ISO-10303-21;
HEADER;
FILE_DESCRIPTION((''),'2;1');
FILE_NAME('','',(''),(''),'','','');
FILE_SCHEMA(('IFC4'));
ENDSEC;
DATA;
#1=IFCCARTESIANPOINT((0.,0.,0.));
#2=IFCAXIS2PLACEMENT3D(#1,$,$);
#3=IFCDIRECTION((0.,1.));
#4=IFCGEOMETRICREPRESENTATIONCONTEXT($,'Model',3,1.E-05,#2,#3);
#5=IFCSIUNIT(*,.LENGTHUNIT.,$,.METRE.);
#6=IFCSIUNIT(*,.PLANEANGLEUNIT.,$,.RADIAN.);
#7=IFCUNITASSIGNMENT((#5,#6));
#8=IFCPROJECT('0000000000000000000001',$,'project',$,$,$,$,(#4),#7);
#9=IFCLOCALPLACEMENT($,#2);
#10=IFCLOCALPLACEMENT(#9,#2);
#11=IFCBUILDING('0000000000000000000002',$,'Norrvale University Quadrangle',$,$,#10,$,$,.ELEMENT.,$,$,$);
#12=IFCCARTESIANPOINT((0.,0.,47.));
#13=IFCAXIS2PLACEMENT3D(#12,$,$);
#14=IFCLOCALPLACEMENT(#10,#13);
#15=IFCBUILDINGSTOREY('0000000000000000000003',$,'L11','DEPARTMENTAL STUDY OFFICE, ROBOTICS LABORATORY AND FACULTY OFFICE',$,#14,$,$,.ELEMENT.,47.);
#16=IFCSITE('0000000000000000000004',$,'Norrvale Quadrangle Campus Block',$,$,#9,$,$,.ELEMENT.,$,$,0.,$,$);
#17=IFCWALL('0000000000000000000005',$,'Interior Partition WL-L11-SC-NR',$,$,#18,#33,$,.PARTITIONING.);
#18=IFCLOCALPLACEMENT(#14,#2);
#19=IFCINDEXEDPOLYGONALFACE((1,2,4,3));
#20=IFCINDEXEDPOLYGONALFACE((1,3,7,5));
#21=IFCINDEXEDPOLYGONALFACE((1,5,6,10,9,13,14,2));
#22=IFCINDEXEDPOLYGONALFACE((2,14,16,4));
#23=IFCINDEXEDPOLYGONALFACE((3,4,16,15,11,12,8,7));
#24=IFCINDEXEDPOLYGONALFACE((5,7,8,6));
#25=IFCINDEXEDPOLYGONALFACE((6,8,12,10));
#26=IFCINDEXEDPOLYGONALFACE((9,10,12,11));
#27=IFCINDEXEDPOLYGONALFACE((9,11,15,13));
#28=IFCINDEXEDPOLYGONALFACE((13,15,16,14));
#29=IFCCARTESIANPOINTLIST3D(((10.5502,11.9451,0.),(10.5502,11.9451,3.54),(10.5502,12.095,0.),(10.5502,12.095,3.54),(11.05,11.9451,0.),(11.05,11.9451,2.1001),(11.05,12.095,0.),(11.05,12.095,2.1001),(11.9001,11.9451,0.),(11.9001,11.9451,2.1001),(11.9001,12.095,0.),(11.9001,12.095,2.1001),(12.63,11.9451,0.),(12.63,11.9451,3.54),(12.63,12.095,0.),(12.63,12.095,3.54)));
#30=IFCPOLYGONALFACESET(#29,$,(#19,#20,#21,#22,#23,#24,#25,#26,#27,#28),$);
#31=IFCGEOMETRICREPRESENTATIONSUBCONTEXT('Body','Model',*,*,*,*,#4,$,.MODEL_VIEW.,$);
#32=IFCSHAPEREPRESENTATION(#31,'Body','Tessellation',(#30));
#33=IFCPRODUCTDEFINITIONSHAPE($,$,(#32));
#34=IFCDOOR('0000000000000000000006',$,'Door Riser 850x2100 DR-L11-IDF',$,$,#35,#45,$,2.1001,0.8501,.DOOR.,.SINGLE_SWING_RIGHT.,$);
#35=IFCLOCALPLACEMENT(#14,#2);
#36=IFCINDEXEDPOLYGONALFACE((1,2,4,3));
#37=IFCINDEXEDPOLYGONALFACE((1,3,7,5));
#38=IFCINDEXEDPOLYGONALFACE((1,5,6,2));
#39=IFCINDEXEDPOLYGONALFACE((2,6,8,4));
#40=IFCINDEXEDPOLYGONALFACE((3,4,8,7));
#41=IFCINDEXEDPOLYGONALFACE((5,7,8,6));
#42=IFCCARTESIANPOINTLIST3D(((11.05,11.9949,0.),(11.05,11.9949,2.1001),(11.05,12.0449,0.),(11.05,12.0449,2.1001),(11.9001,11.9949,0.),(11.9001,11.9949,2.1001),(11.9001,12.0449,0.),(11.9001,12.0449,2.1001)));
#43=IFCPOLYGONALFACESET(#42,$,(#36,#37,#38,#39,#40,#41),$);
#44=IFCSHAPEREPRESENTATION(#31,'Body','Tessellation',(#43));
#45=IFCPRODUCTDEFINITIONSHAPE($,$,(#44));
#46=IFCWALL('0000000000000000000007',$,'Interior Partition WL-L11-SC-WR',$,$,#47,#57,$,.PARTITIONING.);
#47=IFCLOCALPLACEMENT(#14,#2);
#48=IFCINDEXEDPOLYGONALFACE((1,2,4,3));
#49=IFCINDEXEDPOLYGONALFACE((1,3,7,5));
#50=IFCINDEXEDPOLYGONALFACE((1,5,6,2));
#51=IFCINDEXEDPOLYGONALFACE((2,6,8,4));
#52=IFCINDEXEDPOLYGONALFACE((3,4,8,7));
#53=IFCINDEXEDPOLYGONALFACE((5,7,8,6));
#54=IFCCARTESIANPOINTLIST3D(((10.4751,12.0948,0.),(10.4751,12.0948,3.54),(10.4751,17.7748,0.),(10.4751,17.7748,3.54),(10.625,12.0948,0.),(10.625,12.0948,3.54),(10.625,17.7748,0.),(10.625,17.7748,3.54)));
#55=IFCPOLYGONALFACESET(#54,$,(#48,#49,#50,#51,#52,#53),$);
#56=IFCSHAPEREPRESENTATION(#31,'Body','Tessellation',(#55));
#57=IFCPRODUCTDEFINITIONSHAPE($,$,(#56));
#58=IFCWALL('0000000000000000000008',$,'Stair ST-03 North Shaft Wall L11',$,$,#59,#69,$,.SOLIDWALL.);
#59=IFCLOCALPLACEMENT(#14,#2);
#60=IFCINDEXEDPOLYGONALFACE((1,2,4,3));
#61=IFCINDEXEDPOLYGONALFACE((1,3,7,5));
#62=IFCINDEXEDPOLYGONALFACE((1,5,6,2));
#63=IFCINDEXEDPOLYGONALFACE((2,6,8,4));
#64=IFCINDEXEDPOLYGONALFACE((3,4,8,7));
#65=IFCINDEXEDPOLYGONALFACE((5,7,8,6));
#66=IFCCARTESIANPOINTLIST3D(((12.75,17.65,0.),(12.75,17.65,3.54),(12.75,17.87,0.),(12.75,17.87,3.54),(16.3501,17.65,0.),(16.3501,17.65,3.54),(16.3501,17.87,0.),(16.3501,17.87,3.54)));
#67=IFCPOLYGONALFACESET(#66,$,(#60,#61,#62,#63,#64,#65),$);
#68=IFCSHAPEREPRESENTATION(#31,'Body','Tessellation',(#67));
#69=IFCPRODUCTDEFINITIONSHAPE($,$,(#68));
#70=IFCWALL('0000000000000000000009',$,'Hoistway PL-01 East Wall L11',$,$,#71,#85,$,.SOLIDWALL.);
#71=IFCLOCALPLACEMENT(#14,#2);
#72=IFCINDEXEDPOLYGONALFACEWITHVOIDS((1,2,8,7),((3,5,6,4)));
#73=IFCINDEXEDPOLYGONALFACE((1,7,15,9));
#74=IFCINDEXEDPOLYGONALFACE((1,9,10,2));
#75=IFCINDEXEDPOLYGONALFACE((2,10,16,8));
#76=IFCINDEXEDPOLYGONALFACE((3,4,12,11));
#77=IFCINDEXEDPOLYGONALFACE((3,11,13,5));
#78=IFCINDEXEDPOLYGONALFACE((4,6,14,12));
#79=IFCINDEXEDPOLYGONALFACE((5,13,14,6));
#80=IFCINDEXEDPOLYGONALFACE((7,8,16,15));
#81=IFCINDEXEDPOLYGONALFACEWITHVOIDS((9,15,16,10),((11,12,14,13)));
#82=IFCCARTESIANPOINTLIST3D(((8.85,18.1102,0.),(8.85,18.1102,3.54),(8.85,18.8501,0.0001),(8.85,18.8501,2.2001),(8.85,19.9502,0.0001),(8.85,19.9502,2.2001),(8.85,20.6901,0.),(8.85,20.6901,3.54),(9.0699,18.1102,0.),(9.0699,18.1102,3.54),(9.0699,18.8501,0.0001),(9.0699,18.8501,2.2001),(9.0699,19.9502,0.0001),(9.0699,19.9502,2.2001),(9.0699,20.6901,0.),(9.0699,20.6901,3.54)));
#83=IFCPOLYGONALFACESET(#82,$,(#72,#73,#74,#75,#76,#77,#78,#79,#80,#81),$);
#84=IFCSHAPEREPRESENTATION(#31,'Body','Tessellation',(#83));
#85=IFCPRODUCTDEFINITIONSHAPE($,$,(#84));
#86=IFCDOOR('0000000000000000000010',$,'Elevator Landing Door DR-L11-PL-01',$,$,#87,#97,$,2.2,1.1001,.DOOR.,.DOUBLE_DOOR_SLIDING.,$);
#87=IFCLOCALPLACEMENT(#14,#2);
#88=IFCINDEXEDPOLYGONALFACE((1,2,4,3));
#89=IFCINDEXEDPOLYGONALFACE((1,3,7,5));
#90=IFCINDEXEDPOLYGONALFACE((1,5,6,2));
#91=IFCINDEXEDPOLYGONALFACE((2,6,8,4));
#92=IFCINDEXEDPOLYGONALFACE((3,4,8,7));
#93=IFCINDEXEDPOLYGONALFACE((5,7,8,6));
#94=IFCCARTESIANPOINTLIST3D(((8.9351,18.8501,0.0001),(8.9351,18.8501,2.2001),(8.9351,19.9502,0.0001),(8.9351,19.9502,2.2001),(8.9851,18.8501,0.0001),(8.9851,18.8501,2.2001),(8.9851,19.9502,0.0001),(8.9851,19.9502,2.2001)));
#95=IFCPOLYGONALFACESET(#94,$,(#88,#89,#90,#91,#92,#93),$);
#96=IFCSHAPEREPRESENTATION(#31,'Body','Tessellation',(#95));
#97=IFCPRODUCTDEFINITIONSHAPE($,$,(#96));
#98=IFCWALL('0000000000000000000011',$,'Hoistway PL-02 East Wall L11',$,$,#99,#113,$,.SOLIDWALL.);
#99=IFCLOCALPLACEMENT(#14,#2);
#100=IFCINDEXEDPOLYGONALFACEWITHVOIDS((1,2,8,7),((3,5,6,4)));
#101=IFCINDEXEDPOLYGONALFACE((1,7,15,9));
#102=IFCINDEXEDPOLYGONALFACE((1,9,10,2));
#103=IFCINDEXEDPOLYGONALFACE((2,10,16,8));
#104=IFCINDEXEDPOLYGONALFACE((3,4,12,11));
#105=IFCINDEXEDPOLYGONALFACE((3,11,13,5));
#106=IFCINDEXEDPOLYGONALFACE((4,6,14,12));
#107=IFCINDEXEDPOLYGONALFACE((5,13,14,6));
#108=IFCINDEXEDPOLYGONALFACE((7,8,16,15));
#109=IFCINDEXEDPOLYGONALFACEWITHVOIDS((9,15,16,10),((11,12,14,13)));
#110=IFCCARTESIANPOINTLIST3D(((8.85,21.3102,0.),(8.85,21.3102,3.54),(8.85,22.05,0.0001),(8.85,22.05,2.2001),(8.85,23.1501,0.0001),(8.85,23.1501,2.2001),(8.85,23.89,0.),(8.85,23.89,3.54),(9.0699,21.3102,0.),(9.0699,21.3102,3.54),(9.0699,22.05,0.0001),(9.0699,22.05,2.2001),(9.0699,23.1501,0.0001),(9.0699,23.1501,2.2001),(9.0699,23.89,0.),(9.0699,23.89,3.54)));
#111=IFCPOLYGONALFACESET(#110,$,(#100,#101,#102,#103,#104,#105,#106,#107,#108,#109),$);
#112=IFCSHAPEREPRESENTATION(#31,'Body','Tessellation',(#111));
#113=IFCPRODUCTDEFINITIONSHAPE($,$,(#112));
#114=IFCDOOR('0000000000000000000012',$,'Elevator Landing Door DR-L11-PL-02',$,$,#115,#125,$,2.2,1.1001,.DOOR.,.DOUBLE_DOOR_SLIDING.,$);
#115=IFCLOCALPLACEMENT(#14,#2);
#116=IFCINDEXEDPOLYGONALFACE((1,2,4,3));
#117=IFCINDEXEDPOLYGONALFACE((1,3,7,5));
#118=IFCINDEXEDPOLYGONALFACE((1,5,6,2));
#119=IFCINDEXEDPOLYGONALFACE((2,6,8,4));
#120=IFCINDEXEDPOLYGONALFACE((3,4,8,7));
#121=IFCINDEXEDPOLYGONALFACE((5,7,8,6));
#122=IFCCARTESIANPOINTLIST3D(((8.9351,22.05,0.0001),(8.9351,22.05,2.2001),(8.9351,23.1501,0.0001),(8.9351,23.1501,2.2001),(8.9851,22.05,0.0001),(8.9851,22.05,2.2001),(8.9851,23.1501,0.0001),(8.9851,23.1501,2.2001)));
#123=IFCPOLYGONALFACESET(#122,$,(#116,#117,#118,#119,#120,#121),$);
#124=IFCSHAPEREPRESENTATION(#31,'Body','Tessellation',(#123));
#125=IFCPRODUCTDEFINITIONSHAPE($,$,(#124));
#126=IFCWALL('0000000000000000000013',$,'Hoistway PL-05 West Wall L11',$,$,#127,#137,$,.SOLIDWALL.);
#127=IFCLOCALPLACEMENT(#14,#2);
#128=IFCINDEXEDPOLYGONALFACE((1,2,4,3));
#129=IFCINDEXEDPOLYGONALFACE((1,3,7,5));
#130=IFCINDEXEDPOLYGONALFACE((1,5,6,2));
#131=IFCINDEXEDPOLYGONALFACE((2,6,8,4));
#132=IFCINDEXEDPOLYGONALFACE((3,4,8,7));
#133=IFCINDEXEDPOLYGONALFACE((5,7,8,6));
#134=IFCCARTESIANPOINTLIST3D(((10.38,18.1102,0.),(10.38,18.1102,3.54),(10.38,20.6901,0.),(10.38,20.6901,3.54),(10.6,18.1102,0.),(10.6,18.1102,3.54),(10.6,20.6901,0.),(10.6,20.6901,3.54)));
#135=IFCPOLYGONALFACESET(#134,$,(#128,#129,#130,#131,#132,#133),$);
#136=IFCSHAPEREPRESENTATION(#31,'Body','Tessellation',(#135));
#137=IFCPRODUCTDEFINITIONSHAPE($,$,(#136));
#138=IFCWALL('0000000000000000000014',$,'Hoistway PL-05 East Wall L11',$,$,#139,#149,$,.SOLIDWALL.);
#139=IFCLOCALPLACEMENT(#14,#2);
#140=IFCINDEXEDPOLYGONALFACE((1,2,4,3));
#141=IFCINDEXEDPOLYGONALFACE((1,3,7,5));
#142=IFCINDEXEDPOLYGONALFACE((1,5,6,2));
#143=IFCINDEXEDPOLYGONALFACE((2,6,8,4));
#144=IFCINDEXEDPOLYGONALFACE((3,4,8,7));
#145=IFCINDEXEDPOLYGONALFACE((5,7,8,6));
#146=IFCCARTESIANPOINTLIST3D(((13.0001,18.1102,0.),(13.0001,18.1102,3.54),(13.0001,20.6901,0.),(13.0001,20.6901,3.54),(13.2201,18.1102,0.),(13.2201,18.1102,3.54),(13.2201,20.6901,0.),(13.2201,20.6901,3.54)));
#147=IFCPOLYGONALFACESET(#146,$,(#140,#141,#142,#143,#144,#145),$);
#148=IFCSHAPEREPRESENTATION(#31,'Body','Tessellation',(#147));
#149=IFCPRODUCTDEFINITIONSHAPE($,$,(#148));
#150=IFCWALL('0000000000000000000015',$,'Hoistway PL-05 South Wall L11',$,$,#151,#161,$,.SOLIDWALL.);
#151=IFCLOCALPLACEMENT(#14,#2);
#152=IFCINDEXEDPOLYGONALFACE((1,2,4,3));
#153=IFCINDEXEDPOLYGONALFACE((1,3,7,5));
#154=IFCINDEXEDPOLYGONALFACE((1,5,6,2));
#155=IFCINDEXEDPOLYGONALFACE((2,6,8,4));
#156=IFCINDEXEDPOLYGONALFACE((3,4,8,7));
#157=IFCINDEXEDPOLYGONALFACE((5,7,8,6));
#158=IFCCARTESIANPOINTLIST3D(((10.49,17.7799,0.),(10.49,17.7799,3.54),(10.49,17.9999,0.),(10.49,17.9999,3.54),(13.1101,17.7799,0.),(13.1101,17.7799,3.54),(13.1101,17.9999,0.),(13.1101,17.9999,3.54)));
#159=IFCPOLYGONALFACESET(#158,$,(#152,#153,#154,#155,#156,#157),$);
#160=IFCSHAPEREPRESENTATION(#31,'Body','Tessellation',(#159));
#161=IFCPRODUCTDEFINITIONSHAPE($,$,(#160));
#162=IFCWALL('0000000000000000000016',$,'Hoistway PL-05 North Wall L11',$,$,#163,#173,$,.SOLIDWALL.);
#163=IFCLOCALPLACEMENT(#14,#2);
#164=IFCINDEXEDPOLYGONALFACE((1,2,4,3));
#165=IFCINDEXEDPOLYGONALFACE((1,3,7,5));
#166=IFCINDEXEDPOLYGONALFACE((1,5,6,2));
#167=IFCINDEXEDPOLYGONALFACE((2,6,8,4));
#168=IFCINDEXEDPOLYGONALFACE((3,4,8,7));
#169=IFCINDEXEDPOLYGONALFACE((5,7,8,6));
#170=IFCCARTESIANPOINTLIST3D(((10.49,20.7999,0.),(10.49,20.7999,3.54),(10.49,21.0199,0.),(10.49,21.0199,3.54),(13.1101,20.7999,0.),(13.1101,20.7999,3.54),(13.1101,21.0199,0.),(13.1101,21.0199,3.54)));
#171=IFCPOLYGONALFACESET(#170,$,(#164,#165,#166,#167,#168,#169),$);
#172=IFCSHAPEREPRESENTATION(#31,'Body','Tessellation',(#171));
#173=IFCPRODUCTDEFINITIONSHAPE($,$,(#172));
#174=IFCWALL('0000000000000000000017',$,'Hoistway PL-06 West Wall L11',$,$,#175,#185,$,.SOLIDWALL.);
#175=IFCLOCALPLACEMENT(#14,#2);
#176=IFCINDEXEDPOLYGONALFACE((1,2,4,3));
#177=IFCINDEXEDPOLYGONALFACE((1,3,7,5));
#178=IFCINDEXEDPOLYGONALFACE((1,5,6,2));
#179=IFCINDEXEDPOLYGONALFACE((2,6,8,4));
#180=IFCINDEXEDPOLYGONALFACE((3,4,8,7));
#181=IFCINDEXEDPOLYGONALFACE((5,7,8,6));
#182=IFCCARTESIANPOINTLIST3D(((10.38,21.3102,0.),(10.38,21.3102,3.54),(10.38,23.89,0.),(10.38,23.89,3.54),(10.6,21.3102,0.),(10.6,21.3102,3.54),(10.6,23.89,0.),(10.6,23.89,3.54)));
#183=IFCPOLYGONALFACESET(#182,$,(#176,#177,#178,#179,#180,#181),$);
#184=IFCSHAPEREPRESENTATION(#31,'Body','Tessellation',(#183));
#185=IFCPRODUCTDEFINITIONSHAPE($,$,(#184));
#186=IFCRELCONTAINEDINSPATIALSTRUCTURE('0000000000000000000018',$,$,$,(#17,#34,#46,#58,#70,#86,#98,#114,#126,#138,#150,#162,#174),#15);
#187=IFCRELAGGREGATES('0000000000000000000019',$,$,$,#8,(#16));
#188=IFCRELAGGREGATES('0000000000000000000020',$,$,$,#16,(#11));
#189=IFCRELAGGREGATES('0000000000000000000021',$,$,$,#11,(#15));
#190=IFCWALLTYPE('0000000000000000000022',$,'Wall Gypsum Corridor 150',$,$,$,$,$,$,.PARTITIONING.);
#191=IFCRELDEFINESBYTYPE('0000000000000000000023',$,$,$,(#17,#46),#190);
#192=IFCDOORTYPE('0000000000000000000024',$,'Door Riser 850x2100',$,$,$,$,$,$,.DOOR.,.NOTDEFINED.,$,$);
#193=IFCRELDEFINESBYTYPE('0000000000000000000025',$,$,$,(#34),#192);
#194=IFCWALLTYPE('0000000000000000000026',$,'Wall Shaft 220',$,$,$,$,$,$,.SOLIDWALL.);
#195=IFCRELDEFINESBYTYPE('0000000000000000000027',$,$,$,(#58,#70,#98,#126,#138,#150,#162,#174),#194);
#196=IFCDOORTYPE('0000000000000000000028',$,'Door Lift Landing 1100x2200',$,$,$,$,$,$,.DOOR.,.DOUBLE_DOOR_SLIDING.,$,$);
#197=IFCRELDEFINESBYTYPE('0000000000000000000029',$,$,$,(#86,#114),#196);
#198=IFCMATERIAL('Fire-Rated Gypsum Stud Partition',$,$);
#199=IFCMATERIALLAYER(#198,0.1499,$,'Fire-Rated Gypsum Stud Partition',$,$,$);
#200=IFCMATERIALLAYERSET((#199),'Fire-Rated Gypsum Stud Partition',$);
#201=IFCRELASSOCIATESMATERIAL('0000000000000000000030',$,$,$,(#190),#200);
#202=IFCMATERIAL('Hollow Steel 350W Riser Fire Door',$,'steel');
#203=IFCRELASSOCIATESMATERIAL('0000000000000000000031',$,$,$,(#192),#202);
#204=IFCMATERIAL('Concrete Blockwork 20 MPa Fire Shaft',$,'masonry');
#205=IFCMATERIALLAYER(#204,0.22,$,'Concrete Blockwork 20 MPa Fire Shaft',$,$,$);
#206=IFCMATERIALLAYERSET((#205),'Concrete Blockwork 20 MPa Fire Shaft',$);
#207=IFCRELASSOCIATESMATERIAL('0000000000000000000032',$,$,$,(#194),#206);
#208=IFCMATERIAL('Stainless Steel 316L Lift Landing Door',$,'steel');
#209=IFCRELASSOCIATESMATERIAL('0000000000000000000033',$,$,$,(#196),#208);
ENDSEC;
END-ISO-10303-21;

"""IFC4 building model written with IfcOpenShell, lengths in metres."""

from ifc_helpers import new_model, si_unit, direction, frame, frame_2d, origin, place, context, subcontext, project, spatial, rectangle, extrude, material, layer, layer_set, type_object, element, fill, save


model = new_model("IFC4")

# Units and contexts
model_context = context("Model", 3, precision=1e-05, world=origin(), true_north=direction((0.0, 1.0)))
body_context = subcontext(model_context, "Body", "Model", "MODEL_VIEW")
ifc_project = project(units=[si_unit("LENGTHUNIT", "METRE"), si_unit("PLANEANGLEUNIT", "RADIAN")], contexts=[model_context])

# Site, building, storey
site_placement = place(None, origin())
site = spatial("IfcSite", under=ifc_project, at=site_placement, Name="Norrvale Quadrangle Campus Block", CompositionType="ELEMENT", RefElevation=0.0)
building_placement = place(site_placement, origin())
building = spatial("IfcBuilding", under=site, at=building_placement, Name="Norrvale University Quadrangle", CompositionType="ELEMENT")
storey_placement = place(building_placement, frame((0.0, 0.0, 47.0)))
storey = spatial("IfcBuildingStorey", under=building, at=storey_placement, Name="L11", Description="DEPARTMENTAL STUDY OFFICE, ROBOTICS LABORATORY AND FACULTY OFFICE", CompositionType="ELEMENT", Elevation=47.0)

# Wall, opening, door
ifc_material_1 = material(Name="Fire-Rated Gypsum Stud Partition")
ifc_layer_1 = layer(ifc_material_1, 0.1499, Name="Fire-Rated Gypsum Stud Partition")
ifc_layer_set_1 = layer_set([ifc_layer_1], Name="Fire-Rated Gypsum Stud Partition")
wall_type_1 = type_object("IfcWallType", Name="Wall Gypsum Corridor 150", PredefinedType="PARTITIONING", material=ifc_layer_set_1)
wall_1_placement = place(storey_placement, frame((10.55, 12.02, 0.0), z_axis=(0.0, 0.0, 1.0), x_axis=(1.0, 0.0, 0.0)))
wall_1 = element("IfcWall", 1, at=wall_1_placement, inside=storey, type_object=wall_type_1, Name="Interior Partition WL-L11-SC-NR", PredefinedType="PARTITIONING", context=body_context, shape_type="SweptSolid", body=[
    extrude(rectangle(XDim=2.0798, YDim=0.1499, at=frame_2d((1.04, 0.0))), origin(), (0.0, 0.0, 1.0), 3.54),
])
opening_1_placement = place(wall_1_placement, frame((0.5, 0.0, 0.0)))
opening_1 = element("IfcOpeningElement", 2, at=opening_1_placement, cuts=wall_1, PredefinedType="OPENING", context=body_context, shape_type="SweptSolid", body=[
    extrude(rectangle(XDim=0.8501, YDim=2.1001, at=frame_2d((0.425, 1.05))), frame((0.0, 0.0869, 0.0), z_axis=(0.0, -1.0, 0.0), x_axis=(1.0, 0.0, 0.0)), (0.0, 0.0, 1.0), 0.1738),
])
ifc_material_2 = material(Name="Hollow Steel 350W Riser Fire Door", Category="steel")
door_type_1 = type_object("IfcDoorType", Name="Door Riser 850x2100", OperationType="NOTDEFINED", PredefinedType="DOOR", material=ifc_material_2)
door_1_placement = place(opening_1_placement, origin())
door_1 = element("IfcDoor", 3, at=door_1_placement, inside=storey, type_object=door_type_1, Name="Door Riser 850x2100 DR-L11-IDF", OperationType="SINGLE_SWING_RIGHT", OverallHeight=2.1001, OverallWidth=0.8501, PredefinedType="DOOR", context=body_context, shape_type="SweptSolid", body=[
    extrude(rectangle(XDim=0.8501, YDim=2.1001, at=frame_2d((0.425, 1.05))), frame((0.0, 0.0249, 0.0), z_axis=(0.0, -1.0, 0.0), x_axis=(1.0, 0.0, 0.0)), (0.0, 0.0, 1.0), 0.05),
])
fill(opening_1, door_1)

# Walls
wall_2_placement = place(storey_placement, frame((10.55, 12.095, 0.0), z_axis=(0.0, 0.0, 1.0), x_axis=(0.0, 1.0, 0.0)))
element("IfcWall", 4, at=wall_2_placement, inside=storey, type_object=wall_type_1, Name="Interior Partition WL-L11-SC-WR", PredefinedType="PARTITIONING", context=body_context, shape_type="SweptSolid", body=[
    extrude(rectangle(XDim=5.6799, YDim=0.1499, at=frame_2d((2.8398, 0.0))), origin(), (0.0, 0.0, 1.0), 3.54),
])
ifc_material_3 = material(Name="Concrete Blockwork 20 MPa Fire Shaft", Category="masonry")
ifc_layer_2 = layer(ifc_material_3, 0.22, Name="Concrete Blockwork 20 MPa Fire Shaft")
ifc_layer_set_2 = layer_set([ifc_layer_2], Name="Concrete Blockwork 20 MPa Fire Shaft")
wall_type_2 = type_object("IfcWallType", Name="Wall Shaft 220", PredefinedType="SOLIDWALL", material=ifc_layer_set_2)
wall_3_placement = place(storey_placement, frame((12.75, 17.76, 0.0), z_axis=(0.0, 0.0, 1.0), x_axis=(1.0, 0.0, 0.0)))
element("IfcWall", 5, at=wall_3_placement, inside=storey, type_object=wall_type_2, Name="Stair ST-03 North Shaft Wall L11", PredefinedType="SOLIDWALL", context=body_context, shape_type="SweptSolid", body=[
    extrude(rectangle(XDim=3.6001, YDim=0.22, at=frame_2d((1.8, 0.0))), origin(), (0.0, 0.0, 1.0), 3.54),
])

# Walls, openings, doors
wall_4_placement = place(storey_placement, frame((8.96, 18.1101, 0.0), z_axis=(0.0, 0.0, 1.0), x_axis=(0.0, 1.0, 0.0)))
wall_4 = element("IfcWall", 6, at=wall_4_placement, inside=storey, type_object=wall_type_2, Name="Hoistway PL-01 East Wall L11", PredefinedType="SOLIDWALL", context=body_context, shape_type="SweptSolid", body=[
    extrude(rectangle(XDim=2.5798, YDim=0.22, at=frame_2d((1.29, 0.0))), origin(), (0.0, 0.0, 1.0), 3.54),
])
opening_2_placement = place(wall_4_placement, frame((0.74, 0.0, 0.0)))
opening_2 = element("IfcOpeningElement", 7, at=opening_2_placement, cuts=wall_4, PredefinedType="OPENING", context=body_context, shape_type="SweptSolid", body=[
    extrude(rectangle(XDim=1.1001, YDim=2.2, at=frame_2d((0.55, 1.1001))), frame((0.0, 0.1221, 0.0), z_axis=(0.0, -1.0, 0.0), x_axis=(1.0, 0.0, 0.0)), (0.0, 0.0, 1.0), 0.2439),
])
ifc_material_4 = material(Name="Stainless Steel 316L Lift Landing Door", Category="steel")
door_type_2 = type_object("IfcDoorType", Name="Door Lift Landing 1100x2200", OperationType="DOUBLE_DOOR_SLIDING", PredefinedType="DOOR", material=ifc_material_4)
door_2_placement = place(opening_2_placement, origin())
door_2 = element("IfcDoor", 8, at=door_2_placement, inside=storey, type_object=door_type_2, Name="Elevator Landing Door DR-L11-PL-01", OperationType="DOUBLE_DOOR_SLIDING", OverallHeight=2.2, OverallWidth=1.1001, PredefinedType="DOOR", context=body_context, shape_type="SweptSolid", body=[
    extrude(rectangle(XDim=1.1001, YDim=2.2, at=frame_2d((0.55, 1.1001))), frame((0.0, 0.0249, 0.0), z_axis=(0.0, -1.0, 0.0), x_axis=(1.0, 0.0, 0.0)), (0.0, 0.0, 1.0), 0.05),
])
fill(opening_2, door_2)
wall_5_placement = place(storey_placement, frame((8.96, 21.3101, 0.0), z_axis=(0.0, 0.0, 1.0), x_axis=(0.0, 1.0, 0.0)))
wall_5 = element("IfcWall", 9, at=wall_5_placement, inside=storey, type_object=wall_type_2, Name="Hoistway PL-02 East Wall L11", PredefinedType="SOLIDWALL", context=body_context, shape_type="SweptSolid", body=[
    extrude(rectangle(XDim=2.5798, YDim=0.22, at=frame_2d((1.29, 0.0))), origin(), (0.0, 0.0, 1.0), 3.54),
])
opening_3_placement = place(wall_5_placement, frame((0.74, 0.0, 0.0)))
opening_3 = element("IfcOpeningElement", 10, at=opening_3_placement, cuts=wall_5, PredefinedType="OPENING", context=body_context, shape_type="SweptSolid", body=[
    extrude(rectangle(XDim=1.1001, YDim=2.2, at=frame_2d((0.55, 1.1001))), frame((0.0, 0.1221, 0.0), z_axis=(0.0, -1.0, 0.0), x_axis=(1.0, 0.0, 0.0)), (0.0, 0.0, 1.0), 0.2439),
])
door_3_placement = place(opening_3_placement, origin())
door_3 = element("IfcDoor", 11, at=door_3_placement, inside=storey, type_object=door_type_2, Name="Elevator Landing Door DR-L11-PL-02", OperationType="DOUBLE_DOOR_SLIDING", OverallHeight=2.2, OverallWidth=1.1001, PredefinedType="DOOR", context=body_context, shape_type="SweptSolid", body=[
    extrude(rectangle(XDim=1.1001, YDim=2.2, at=frame_2d((0.55, 1.1001))), frame((0.0, 0.0249, 0.0), z_axis=(0.0, -1.0, 0.0), x_axis=(1.0, 0.0, 0.0)), (0.0, 0.0, 1.0), 0.05),
])
fill(opening_3, door_3)

# Walls
for number, where, z_axis, x_axis, name in (
    (12, (10.49, 18.1101, 0.0), (0.0, 0.0, 1.0), (0.0, 1.0, 0.0), "Hoistway PL-05 West Wall L11"),
    (13, (13.1101, 18.1101, 0.0), (0.0, 0.0, 1.0), (0.0, 1.0, 0.0), "Hoistway PL-05 East Wall L11"),
):
    element("IfcWall", number, at=place(storey_placement, frame(where, z_axis=z_axis, x_axis=x_axis)), inside=storey, type_object=wall_type_2, Name=name, PredefinedType="SOLIDWALL", context=body_context, shape_type="SweptSolid", body=[
        extrude(rectangle(XDim=2.5798, YDim=0.22, at=frame_2d((1.29, 0.0))), origin(), (0.0, 0.0, 1.0), 3.54),
    ])
for number, where, z_axis, x_axis, name in (
    (14, (10.49, 17.8899, 0.0), (0.0, 0.0, 1.0), (1.0, 0.0, 0.0), "Hoistway PL-05 South Wall L11"),
    (15, (10.49, 20.9099, 0.0), (0.0, 0.0, 1.0), (1.0, 0.0, 0.0), "Hoistway PL-05 North Wall L11"),
):
    element("IfcWall", number, at=place(storey_placement, frame(where, z_axis=z_axis, x_axis=x_axis)), inside=storey, type_object=wall_type_2, Name=name, PredefinedType="SOLIDWALL", context=body_context, shape_type="SweptSolid", body=[
        extrude(rectangle(XDim=2.6201, YDim=0.22, at=frame_2d((1.3101, 0.0))), origin(), (0.0, 0.0, 1.0), 3.54),
    ])
wall_6_placement = place(storey_placement, frame((10.49, 21.3101, 0.0), z_axis=(0.0, 0.0, 1.0), x_axis=(0.0, 1.0, 0.0)))
element("IfcWall", 16, at=wall_6_placement, inside=storey, type_object=wall_type_2, Name="Hoistway PL-06 West Wall L11", PredefinedType="SOLIDWALL", context=body_context, shape_type="SweptSolid", body=[
    extrude(rectangle(XDim=2.5798, YDim=0.22, at=frame_2d((1.29, 0.0))), origin(), (0.0, 0.0, 1.0), 3.54),
])

save(model, "model.ifc")
